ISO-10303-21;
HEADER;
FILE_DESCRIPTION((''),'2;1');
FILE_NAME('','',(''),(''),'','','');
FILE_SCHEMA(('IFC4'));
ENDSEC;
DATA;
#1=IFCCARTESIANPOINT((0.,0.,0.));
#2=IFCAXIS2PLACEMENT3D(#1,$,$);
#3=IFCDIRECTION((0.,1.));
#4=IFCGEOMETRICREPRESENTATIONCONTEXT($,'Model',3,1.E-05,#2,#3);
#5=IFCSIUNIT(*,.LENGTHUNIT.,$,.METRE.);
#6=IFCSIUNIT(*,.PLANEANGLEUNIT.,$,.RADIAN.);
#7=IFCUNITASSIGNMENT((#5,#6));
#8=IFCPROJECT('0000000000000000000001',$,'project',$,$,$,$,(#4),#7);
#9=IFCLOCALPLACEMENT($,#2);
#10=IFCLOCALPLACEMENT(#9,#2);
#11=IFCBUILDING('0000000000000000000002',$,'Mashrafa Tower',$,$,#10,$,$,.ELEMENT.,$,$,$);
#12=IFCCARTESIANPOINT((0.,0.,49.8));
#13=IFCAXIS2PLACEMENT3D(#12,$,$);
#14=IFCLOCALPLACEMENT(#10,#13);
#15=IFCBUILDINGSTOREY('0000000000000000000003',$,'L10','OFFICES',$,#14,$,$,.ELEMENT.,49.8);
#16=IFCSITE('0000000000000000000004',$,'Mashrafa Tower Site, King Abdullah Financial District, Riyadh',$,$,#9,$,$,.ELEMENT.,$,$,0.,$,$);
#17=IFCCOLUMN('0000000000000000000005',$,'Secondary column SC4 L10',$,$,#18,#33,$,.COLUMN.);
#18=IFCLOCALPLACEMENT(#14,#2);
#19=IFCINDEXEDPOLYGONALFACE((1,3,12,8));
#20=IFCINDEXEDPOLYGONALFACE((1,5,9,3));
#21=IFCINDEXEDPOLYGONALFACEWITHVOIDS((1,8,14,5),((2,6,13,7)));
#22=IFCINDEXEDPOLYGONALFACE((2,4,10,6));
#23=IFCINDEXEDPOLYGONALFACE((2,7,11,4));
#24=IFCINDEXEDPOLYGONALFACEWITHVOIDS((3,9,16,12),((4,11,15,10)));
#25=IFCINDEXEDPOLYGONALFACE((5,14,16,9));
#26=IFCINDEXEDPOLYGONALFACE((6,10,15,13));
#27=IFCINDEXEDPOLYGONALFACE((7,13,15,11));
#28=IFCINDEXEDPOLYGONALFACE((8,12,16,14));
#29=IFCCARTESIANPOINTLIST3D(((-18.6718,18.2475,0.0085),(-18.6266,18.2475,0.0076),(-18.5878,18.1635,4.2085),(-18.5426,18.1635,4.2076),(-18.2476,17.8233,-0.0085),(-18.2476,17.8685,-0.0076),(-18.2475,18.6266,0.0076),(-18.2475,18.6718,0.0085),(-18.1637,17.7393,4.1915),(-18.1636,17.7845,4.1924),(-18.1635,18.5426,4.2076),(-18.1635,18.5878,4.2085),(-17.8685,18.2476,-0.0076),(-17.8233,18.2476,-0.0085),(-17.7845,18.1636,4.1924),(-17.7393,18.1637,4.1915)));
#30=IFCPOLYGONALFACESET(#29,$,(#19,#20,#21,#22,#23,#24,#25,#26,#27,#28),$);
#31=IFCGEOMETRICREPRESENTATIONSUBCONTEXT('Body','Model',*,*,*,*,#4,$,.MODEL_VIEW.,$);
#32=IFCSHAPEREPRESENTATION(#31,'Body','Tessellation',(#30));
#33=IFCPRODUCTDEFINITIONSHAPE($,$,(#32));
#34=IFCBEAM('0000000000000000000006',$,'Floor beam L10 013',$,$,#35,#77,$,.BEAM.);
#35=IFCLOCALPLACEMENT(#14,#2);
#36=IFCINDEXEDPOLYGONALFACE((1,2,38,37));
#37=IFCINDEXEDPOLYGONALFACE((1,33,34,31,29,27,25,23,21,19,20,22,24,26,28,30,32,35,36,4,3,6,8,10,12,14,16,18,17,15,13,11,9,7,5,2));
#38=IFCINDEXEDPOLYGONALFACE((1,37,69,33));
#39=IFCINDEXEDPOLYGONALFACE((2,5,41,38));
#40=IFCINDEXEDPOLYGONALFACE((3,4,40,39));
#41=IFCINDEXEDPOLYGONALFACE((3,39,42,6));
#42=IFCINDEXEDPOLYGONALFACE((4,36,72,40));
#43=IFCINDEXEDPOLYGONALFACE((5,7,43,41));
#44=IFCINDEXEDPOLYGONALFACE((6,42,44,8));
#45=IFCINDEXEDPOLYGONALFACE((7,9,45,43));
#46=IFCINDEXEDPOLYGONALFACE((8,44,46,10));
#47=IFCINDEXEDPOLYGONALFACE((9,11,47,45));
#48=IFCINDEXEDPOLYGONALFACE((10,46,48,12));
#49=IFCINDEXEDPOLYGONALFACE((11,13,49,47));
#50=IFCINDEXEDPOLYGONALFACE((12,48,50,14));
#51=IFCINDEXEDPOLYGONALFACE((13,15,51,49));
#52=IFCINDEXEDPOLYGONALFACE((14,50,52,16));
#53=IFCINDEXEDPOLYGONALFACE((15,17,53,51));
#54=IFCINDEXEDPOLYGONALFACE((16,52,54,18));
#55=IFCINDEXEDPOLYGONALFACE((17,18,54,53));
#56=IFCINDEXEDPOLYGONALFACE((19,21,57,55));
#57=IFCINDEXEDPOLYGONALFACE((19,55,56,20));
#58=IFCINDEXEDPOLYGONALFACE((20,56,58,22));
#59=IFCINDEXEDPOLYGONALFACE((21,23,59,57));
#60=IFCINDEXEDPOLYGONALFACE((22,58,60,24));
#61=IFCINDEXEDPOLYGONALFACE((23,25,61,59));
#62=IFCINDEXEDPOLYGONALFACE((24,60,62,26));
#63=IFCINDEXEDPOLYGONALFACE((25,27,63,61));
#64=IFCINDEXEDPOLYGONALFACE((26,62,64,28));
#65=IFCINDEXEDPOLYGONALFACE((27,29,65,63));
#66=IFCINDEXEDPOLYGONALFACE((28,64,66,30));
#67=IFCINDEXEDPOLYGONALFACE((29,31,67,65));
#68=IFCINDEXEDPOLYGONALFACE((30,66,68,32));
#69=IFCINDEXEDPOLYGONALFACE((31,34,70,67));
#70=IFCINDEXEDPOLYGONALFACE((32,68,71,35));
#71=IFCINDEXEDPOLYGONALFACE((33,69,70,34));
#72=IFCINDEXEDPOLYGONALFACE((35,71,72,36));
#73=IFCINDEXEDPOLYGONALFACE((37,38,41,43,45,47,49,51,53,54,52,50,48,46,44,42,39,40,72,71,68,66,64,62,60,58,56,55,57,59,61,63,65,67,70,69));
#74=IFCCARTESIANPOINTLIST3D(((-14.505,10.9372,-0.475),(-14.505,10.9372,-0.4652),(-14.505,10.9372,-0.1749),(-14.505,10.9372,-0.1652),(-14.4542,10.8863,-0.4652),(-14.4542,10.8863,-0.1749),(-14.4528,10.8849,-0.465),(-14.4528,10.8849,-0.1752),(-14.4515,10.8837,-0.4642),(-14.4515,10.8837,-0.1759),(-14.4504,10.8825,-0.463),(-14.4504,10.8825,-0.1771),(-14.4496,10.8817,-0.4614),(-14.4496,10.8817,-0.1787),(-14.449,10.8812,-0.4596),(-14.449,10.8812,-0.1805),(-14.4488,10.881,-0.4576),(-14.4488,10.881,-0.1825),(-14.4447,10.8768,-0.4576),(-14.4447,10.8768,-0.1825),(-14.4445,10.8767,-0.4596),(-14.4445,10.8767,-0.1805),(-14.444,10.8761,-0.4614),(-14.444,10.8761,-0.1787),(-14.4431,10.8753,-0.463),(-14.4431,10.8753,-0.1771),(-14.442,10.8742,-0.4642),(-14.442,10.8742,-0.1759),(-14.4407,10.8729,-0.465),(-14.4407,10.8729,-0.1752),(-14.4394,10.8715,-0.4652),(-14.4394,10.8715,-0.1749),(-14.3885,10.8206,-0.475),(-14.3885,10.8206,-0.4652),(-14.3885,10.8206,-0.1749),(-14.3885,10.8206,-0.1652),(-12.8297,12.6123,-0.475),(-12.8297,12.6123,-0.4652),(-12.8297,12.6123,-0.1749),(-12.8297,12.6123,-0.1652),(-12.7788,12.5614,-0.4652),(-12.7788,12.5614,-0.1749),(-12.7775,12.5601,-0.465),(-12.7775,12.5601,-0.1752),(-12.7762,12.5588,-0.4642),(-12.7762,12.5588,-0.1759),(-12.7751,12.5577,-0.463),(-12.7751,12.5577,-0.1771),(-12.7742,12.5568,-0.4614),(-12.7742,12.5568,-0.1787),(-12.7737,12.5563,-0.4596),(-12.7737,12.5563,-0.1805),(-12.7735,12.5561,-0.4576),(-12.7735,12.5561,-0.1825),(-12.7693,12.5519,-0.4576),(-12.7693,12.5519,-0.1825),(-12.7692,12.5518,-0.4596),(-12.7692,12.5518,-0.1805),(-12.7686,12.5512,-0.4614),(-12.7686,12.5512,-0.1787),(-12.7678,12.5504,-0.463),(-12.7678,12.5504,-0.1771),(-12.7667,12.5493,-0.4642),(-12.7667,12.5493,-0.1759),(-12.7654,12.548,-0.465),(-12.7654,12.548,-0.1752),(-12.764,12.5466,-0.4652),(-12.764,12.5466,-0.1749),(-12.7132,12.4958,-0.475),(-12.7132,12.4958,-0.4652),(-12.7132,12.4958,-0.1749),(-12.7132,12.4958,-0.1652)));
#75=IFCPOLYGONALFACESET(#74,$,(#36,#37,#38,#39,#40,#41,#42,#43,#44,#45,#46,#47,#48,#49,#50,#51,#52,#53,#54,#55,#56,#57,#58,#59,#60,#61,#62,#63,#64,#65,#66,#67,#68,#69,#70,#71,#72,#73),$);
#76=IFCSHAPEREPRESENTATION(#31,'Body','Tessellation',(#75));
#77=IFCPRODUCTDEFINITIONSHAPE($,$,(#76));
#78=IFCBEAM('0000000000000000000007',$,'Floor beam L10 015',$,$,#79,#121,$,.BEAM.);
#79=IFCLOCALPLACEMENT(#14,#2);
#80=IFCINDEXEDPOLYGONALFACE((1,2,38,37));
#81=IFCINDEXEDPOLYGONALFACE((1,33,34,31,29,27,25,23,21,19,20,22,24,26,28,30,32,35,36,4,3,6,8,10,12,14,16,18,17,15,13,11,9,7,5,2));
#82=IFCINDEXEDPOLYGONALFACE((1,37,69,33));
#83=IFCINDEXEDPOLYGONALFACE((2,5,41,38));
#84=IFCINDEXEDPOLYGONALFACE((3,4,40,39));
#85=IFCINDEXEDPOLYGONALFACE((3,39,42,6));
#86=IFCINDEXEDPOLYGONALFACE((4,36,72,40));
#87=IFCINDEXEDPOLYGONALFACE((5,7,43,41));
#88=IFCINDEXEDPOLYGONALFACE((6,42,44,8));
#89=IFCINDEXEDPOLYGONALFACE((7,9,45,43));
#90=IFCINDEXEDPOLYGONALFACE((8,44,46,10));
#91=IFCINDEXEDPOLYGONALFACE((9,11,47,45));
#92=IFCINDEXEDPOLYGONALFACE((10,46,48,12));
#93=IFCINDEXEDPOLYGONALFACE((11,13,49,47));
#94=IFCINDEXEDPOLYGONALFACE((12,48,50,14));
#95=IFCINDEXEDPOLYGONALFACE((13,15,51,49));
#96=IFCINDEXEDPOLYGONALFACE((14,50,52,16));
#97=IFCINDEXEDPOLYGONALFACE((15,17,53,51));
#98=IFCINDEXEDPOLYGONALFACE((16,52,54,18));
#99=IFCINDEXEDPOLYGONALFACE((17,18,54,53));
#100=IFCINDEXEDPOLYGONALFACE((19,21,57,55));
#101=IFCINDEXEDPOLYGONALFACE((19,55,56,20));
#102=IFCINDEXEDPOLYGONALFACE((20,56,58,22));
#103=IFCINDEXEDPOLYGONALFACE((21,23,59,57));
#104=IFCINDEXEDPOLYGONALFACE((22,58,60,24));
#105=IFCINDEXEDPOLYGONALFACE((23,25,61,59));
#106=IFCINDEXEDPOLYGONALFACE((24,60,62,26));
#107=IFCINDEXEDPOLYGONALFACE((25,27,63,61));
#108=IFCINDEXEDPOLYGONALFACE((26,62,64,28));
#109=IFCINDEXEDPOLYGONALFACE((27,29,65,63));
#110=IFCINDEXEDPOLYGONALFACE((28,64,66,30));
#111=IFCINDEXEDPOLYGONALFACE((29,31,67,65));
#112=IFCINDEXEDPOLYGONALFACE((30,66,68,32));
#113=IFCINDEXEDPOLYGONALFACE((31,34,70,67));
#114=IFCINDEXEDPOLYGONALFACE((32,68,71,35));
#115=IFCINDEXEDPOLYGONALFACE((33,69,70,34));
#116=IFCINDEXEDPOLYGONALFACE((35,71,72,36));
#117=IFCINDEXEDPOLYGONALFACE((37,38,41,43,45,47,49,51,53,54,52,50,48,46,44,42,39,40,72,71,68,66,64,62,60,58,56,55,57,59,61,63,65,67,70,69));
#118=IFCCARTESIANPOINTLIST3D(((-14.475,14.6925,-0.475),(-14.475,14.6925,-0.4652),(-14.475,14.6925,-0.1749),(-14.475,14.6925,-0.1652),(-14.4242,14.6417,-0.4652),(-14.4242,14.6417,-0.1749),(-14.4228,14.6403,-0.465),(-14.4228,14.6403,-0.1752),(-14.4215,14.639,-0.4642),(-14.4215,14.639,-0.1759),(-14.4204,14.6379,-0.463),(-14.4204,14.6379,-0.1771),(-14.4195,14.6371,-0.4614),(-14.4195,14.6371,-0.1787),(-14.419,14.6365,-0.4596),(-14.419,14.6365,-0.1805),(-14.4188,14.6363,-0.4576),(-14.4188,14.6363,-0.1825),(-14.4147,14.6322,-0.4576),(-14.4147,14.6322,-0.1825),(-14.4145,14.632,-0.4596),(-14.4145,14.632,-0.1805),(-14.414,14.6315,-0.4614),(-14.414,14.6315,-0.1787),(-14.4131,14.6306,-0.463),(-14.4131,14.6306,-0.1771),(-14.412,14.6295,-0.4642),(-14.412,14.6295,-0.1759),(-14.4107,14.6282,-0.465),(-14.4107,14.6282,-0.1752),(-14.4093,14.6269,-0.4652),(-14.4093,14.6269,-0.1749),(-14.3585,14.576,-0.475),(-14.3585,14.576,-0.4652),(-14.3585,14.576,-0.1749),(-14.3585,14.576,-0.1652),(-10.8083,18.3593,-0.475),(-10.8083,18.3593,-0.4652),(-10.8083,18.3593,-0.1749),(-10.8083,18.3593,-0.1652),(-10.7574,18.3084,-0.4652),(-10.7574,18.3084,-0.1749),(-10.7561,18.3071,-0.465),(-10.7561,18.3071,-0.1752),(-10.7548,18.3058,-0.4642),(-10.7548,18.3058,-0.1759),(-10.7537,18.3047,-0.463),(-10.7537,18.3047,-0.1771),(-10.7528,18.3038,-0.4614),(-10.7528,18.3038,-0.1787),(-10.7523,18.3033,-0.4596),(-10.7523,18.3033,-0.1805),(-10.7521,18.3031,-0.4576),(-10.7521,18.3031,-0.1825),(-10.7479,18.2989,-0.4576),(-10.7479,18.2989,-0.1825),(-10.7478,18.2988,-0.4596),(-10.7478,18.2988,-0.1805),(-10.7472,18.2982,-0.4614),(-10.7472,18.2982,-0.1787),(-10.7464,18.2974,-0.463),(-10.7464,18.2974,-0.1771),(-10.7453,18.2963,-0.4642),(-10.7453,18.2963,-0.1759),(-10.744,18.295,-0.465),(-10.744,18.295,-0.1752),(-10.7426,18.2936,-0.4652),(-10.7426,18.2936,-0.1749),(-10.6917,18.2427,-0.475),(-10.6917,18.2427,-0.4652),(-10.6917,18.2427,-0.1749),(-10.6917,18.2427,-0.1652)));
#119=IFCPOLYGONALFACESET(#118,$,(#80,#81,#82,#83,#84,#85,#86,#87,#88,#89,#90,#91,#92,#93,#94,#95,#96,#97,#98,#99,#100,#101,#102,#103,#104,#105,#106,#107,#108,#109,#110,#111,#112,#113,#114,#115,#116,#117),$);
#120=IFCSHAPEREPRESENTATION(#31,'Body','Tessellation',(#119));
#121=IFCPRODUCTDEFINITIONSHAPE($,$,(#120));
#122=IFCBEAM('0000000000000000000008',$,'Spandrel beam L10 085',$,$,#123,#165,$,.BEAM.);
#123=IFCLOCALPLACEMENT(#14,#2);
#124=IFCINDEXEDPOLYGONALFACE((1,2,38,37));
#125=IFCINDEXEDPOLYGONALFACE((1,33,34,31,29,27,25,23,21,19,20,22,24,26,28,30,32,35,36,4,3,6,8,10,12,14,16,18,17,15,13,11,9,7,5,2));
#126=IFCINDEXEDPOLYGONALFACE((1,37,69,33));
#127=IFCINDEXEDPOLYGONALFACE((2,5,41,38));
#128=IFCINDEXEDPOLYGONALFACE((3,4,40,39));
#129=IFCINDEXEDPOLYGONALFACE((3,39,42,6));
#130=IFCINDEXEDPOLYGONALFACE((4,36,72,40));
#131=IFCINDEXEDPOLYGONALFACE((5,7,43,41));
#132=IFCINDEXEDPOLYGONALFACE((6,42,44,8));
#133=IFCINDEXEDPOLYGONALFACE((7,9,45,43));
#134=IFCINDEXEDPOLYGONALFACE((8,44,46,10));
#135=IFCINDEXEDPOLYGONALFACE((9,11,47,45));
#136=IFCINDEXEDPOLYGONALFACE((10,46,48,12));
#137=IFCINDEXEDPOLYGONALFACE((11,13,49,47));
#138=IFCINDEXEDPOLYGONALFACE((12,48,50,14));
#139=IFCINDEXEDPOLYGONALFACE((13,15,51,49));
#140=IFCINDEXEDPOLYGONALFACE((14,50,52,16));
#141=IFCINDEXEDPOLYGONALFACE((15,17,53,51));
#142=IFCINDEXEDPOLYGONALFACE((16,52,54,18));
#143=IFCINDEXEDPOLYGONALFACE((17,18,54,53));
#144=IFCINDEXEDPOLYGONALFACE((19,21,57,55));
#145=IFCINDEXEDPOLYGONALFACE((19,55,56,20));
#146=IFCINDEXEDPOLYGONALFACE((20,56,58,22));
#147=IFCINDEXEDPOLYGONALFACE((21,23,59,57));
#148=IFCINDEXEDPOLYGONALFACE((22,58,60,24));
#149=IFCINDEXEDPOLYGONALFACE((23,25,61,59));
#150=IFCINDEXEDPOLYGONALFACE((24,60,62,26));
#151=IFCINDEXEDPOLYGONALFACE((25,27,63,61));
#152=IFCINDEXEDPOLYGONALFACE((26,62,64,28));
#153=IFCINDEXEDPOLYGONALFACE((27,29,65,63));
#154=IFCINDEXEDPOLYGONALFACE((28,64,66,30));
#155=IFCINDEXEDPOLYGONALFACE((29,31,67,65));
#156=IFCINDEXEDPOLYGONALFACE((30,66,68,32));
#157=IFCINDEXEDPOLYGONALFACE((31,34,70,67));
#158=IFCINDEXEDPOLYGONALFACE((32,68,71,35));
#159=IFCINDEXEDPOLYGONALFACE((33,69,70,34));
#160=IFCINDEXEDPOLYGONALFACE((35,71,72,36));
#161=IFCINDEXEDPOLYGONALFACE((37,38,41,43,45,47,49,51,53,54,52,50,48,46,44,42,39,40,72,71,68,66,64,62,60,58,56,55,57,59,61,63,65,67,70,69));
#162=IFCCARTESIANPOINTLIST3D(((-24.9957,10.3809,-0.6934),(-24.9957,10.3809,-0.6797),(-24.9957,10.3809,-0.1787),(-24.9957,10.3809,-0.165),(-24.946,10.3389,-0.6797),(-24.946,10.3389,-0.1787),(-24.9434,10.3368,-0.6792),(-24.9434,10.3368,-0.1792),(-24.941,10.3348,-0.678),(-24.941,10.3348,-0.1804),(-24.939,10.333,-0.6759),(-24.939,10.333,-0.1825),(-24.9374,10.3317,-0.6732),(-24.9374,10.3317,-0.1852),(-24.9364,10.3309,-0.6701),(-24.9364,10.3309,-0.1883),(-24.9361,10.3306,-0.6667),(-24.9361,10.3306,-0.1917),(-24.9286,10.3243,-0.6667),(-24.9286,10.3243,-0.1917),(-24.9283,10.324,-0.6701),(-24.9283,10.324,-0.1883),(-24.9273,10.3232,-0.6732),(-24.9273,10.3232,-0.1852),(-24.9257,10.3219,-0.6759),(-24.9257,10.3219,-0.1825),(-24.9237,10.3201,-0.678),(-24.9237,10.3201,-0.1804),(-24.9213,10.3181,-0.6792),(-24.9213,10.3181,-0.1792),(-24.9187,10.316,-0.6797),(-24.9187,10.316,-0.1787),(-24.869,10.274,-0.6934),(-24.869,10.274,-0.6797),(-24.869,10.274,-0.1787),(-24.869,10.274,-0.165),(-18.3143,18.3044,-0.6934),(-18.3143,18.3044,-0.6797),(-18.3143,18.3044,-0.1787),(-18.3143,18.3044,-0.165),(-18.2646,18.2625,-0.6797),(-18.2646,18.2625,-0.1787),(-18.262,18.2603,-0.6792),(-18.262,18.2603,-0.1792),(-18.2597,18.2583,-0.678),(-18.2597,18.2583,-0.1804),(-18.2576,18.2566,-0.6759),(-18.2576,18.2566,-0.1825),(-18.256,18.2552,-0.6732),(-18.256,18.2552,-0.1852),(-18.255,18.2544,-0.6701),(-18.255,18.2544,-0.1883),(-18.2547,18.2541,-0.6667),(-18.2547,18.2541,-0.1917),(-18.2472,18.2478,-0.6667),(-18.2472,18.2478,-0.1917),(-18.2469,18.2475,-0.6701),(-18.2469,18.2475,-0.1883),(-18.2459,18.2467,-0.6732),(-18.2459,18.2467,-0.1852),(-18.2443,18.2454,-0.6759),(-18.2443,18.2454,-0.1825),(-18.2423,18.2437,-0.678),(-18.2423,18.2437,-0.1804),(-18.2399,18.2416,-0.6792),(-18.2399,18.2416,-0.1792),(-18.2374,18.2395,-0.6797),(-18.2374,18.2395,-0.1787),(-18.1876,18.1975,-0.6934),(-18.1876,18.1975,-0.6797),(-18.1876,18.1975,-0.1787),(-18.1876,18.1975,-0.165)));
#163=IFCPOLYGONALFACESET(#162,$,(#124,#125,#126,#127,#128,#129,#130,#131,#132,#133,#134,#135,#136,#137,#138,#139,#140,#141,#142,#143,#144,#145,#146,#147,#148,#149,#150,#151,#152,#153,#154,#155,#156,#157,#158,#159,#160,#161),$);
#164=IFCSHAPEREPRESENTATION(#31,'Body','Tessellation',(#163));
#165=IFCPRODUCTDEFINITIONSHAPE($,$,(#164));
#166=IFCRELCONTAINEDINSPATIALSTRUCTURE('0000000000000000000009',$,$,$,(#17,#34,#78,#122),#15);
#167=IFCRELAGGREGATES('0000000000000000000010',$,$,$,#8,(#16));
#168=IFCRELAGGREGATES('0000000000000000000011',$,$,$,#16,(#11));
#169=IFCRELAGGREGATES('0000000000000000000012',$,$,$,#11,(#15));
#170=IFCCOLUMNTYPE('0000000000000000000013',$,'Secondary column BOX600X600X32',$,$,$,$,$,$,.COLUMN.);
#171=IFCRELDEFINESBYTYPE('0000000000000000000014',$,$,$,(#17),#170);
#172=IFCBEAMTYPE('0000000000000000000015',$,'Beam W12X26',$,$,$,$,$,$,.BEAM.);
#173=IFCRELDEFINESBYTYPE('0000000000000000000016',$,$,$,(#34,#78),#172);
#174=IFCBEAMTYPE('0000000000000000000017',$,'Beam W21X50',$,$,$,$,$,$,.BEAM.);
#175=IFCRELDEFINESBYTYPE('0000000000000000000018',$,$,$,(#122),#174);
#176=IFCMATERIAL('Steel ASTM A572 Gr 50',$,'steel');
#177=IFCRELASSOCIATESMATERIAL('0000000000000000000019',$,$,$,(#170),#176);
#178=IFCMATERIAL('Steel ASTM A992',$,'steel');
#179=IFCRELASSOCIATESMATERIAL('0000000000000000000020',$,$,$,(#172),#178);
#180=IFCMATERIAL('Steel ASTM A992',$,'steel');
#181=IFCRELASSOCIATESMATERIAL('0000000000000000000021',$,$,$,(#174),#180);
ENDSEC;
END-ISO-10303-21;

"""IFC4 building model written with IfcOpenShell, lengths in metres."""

from ifc_helpers import new_model, si_unit, direction, frame, origin, origin_2d, place, context, subcontext, project, spatial, hollow_rectangle, i_section, extrude, material, material_profile, profile_set, type_object, element, save


model = new_model("IFC4")

# Units and contexts
model_context = context("Model", 3, precision=1e-05, world=origin(), true_north=direction((0.0, 1.0)))
body_context = subcontext(model_context, "Body", "Model", "MODEL_VIEW")
ifc_project = project(units=[si_unit("LENGTHUNIT", "METRE"), si_unit("PLANEANGLEUNIT", "RADIAN")], contexts=[model_context])

# Site, building, storey
site_placement = place(None, origin())
site = spatial("IfcSite", under=ifc_project, at=site_placement, Name="Mashrafa Tower Site, King Abdullah Financial District, Riyadh", CompositionType="ELEMENT", RefElevation=0.0)
building_placement = place(site_placement, origin())
building = spatial("IfcBuilding", under=site, at=building_placement, Name="Mashrafa Tower", CompositionType="ELEMENT")
storey_placement = place(building_placement, frame((0.0, 0.0, 49.8)))
storey = spatial("IfcBuildingStorey", under=building, at=storey_placement, Name="L10", Description="OFFICES", CompositionType="ELEMENT", Elevation=49.8)

# Column
ifc_material_1 = material(Name="Steel ASTM A572 Gr 50", Category="steel")
ifc_material_profile_1 = material_profile(ifc_material_1, hollow_rectangle(XDim=0.6001, YDim=0.6001, WallThickness=0.032, at=origin_2d()), Name="BOX600X600X32")
ifc_profile_set_1 = profile_set([ifc_material_profile_1], Name="Steel ASTM A572 Gr 50")
column_type = type_object("IfcColumnType", Name="Secondary column BOX600X600X32", PredefinedType="COLUMN", material=ifc_profile_set_1)
column_placement = place(storey_placement, frame((-18.2476, 18.2476, 0.0), z_axis=(0.019989, -0.019989, 0.9996), x_axis=(0.707107, 0.707107, 0.0)))
element("IfcColumn", 1, at=column_placement, inside=storey, type_object=column_type, Name="Secondary column SC4 L10", PredefinedType="COLUMN", context=body_context, shape_type="SweptSolid", body=[
    extrude(hollow_rectangle(XDim=0.6001, YDim=0.6001, WallThickness=0.032, at=origin_2d()), origin(), (0.0, 0.0, 1.0), 4.2017),
])

# Beams
ifc_material_2 = material(Name="Steel ASTM A992", Category="steel")
ifc_material_profile_2 = material_profile(ifc_material_2, i_section(OverallWidth=0.1648, OverallDepth=0.3098, WebThickness=0.0059, FlangeThickness=0.0098, FilletRadius=0.0076, at=origin_2d()), Name="W12X26")
ifc_profile_set_2 = profile_set([ifc_material_profile_2], Name="Steel ASTM A992")
beam_type_1 = type_object("IfcBeamType", Name="Beam W12X26", PredefinedType="BEAM", material=ifc_profile_set_2)
beam_1_placement = place(storey_placement, frame((-14.4468, 10.8789, -0.3201), z_axis=(0.707158, 0.707055, 0.0), x_axis=(-0.707055, 0.707158, 0.0)))
element("IfcBeam", 2, at=beam_1_placement, inside=storey, type_object=beam_type_1, Name="Floor beam L10 013", PredefinedType="BEAM", context=body_context, shape_type="SweptSolid", body=[
    extrude(i_section(OverallWidth=0.1648, OverallDepth=0.3098, WebThickness=0.0059, FlangeThickness=0.0098, FilletRadius=0.0076, at=origin_2d()), origin(), (0.0, 0.0, 1.0), 2.3691),
])
beam_2_placement = place(storey_placement, frame((-14.4167, 14.6343, -0.3201), z_axis=(0.707107, 0.707107, 0.0), x_axis=(-0.707107, 0.707107, 0.0)))
element("IfcBeam", 3, at=beam_2_placement, inside=storey, type_object=beam_type_1, Name="Floor beam L10 015", PredefinedType="BEAM", context=body_context, shape_type="SweptSolid", body=[
    extrude(i_section(OverallWidth=0.1648, OverallDepth=0.3098, WebThickness=0.0059, FlangeThickness=0.0098, FilletRadius=0.0076, at=origin_2d()), origin(), (0.0, 0.0, 1.0), 5.1855),
])
ifc_material_3 = material(Name="Steel ASTM A992", Category="steel")
ifc_material_profile_3 = material_profile(ifc_material_3, i_section(OverallWidth=0.1658, OverallDepth=0.5283, WebThickness=0.0098, FlangeThickness=0.0137, FilletRadius=0.0129, at=origin_2d()), Name="W21X50")
ifc_profile_set_3 = profile_set([ifc_material_profile_3], Name="Steel ASTM A992")
beam_type_2 = type_object("IfcBeamType", Name="Beam W21X50", PredefinedType="BEAM", material=ifc_profile_set_3)
beam_3_placement = place(storey_placement, frame((-18.251, 18.251, -0.4292), z_axis=(-0.644638, -0.764488, 0.0), x_axis=(0.764488, -0.644638, 0.0)))
element("IfcBeam", 4, at=beam_3_placement, inside=storey, type_object=beam_type_2, Name="Spandrel beam L10 085", PredefinedType="BEAM", context=body_context, shape_type="SweptSolid", body=[
    extrude(i_section(OverallWidth=0.1658, OverallDepth=0.5283, WebThickness=0.0098, FlangeThickness=0.0137, FilletRadius=0.0129, at=origin_2d()), origin(), (0.0, 0.0, 1.0), 10.3645),
])

save(model, "model.ifc")
